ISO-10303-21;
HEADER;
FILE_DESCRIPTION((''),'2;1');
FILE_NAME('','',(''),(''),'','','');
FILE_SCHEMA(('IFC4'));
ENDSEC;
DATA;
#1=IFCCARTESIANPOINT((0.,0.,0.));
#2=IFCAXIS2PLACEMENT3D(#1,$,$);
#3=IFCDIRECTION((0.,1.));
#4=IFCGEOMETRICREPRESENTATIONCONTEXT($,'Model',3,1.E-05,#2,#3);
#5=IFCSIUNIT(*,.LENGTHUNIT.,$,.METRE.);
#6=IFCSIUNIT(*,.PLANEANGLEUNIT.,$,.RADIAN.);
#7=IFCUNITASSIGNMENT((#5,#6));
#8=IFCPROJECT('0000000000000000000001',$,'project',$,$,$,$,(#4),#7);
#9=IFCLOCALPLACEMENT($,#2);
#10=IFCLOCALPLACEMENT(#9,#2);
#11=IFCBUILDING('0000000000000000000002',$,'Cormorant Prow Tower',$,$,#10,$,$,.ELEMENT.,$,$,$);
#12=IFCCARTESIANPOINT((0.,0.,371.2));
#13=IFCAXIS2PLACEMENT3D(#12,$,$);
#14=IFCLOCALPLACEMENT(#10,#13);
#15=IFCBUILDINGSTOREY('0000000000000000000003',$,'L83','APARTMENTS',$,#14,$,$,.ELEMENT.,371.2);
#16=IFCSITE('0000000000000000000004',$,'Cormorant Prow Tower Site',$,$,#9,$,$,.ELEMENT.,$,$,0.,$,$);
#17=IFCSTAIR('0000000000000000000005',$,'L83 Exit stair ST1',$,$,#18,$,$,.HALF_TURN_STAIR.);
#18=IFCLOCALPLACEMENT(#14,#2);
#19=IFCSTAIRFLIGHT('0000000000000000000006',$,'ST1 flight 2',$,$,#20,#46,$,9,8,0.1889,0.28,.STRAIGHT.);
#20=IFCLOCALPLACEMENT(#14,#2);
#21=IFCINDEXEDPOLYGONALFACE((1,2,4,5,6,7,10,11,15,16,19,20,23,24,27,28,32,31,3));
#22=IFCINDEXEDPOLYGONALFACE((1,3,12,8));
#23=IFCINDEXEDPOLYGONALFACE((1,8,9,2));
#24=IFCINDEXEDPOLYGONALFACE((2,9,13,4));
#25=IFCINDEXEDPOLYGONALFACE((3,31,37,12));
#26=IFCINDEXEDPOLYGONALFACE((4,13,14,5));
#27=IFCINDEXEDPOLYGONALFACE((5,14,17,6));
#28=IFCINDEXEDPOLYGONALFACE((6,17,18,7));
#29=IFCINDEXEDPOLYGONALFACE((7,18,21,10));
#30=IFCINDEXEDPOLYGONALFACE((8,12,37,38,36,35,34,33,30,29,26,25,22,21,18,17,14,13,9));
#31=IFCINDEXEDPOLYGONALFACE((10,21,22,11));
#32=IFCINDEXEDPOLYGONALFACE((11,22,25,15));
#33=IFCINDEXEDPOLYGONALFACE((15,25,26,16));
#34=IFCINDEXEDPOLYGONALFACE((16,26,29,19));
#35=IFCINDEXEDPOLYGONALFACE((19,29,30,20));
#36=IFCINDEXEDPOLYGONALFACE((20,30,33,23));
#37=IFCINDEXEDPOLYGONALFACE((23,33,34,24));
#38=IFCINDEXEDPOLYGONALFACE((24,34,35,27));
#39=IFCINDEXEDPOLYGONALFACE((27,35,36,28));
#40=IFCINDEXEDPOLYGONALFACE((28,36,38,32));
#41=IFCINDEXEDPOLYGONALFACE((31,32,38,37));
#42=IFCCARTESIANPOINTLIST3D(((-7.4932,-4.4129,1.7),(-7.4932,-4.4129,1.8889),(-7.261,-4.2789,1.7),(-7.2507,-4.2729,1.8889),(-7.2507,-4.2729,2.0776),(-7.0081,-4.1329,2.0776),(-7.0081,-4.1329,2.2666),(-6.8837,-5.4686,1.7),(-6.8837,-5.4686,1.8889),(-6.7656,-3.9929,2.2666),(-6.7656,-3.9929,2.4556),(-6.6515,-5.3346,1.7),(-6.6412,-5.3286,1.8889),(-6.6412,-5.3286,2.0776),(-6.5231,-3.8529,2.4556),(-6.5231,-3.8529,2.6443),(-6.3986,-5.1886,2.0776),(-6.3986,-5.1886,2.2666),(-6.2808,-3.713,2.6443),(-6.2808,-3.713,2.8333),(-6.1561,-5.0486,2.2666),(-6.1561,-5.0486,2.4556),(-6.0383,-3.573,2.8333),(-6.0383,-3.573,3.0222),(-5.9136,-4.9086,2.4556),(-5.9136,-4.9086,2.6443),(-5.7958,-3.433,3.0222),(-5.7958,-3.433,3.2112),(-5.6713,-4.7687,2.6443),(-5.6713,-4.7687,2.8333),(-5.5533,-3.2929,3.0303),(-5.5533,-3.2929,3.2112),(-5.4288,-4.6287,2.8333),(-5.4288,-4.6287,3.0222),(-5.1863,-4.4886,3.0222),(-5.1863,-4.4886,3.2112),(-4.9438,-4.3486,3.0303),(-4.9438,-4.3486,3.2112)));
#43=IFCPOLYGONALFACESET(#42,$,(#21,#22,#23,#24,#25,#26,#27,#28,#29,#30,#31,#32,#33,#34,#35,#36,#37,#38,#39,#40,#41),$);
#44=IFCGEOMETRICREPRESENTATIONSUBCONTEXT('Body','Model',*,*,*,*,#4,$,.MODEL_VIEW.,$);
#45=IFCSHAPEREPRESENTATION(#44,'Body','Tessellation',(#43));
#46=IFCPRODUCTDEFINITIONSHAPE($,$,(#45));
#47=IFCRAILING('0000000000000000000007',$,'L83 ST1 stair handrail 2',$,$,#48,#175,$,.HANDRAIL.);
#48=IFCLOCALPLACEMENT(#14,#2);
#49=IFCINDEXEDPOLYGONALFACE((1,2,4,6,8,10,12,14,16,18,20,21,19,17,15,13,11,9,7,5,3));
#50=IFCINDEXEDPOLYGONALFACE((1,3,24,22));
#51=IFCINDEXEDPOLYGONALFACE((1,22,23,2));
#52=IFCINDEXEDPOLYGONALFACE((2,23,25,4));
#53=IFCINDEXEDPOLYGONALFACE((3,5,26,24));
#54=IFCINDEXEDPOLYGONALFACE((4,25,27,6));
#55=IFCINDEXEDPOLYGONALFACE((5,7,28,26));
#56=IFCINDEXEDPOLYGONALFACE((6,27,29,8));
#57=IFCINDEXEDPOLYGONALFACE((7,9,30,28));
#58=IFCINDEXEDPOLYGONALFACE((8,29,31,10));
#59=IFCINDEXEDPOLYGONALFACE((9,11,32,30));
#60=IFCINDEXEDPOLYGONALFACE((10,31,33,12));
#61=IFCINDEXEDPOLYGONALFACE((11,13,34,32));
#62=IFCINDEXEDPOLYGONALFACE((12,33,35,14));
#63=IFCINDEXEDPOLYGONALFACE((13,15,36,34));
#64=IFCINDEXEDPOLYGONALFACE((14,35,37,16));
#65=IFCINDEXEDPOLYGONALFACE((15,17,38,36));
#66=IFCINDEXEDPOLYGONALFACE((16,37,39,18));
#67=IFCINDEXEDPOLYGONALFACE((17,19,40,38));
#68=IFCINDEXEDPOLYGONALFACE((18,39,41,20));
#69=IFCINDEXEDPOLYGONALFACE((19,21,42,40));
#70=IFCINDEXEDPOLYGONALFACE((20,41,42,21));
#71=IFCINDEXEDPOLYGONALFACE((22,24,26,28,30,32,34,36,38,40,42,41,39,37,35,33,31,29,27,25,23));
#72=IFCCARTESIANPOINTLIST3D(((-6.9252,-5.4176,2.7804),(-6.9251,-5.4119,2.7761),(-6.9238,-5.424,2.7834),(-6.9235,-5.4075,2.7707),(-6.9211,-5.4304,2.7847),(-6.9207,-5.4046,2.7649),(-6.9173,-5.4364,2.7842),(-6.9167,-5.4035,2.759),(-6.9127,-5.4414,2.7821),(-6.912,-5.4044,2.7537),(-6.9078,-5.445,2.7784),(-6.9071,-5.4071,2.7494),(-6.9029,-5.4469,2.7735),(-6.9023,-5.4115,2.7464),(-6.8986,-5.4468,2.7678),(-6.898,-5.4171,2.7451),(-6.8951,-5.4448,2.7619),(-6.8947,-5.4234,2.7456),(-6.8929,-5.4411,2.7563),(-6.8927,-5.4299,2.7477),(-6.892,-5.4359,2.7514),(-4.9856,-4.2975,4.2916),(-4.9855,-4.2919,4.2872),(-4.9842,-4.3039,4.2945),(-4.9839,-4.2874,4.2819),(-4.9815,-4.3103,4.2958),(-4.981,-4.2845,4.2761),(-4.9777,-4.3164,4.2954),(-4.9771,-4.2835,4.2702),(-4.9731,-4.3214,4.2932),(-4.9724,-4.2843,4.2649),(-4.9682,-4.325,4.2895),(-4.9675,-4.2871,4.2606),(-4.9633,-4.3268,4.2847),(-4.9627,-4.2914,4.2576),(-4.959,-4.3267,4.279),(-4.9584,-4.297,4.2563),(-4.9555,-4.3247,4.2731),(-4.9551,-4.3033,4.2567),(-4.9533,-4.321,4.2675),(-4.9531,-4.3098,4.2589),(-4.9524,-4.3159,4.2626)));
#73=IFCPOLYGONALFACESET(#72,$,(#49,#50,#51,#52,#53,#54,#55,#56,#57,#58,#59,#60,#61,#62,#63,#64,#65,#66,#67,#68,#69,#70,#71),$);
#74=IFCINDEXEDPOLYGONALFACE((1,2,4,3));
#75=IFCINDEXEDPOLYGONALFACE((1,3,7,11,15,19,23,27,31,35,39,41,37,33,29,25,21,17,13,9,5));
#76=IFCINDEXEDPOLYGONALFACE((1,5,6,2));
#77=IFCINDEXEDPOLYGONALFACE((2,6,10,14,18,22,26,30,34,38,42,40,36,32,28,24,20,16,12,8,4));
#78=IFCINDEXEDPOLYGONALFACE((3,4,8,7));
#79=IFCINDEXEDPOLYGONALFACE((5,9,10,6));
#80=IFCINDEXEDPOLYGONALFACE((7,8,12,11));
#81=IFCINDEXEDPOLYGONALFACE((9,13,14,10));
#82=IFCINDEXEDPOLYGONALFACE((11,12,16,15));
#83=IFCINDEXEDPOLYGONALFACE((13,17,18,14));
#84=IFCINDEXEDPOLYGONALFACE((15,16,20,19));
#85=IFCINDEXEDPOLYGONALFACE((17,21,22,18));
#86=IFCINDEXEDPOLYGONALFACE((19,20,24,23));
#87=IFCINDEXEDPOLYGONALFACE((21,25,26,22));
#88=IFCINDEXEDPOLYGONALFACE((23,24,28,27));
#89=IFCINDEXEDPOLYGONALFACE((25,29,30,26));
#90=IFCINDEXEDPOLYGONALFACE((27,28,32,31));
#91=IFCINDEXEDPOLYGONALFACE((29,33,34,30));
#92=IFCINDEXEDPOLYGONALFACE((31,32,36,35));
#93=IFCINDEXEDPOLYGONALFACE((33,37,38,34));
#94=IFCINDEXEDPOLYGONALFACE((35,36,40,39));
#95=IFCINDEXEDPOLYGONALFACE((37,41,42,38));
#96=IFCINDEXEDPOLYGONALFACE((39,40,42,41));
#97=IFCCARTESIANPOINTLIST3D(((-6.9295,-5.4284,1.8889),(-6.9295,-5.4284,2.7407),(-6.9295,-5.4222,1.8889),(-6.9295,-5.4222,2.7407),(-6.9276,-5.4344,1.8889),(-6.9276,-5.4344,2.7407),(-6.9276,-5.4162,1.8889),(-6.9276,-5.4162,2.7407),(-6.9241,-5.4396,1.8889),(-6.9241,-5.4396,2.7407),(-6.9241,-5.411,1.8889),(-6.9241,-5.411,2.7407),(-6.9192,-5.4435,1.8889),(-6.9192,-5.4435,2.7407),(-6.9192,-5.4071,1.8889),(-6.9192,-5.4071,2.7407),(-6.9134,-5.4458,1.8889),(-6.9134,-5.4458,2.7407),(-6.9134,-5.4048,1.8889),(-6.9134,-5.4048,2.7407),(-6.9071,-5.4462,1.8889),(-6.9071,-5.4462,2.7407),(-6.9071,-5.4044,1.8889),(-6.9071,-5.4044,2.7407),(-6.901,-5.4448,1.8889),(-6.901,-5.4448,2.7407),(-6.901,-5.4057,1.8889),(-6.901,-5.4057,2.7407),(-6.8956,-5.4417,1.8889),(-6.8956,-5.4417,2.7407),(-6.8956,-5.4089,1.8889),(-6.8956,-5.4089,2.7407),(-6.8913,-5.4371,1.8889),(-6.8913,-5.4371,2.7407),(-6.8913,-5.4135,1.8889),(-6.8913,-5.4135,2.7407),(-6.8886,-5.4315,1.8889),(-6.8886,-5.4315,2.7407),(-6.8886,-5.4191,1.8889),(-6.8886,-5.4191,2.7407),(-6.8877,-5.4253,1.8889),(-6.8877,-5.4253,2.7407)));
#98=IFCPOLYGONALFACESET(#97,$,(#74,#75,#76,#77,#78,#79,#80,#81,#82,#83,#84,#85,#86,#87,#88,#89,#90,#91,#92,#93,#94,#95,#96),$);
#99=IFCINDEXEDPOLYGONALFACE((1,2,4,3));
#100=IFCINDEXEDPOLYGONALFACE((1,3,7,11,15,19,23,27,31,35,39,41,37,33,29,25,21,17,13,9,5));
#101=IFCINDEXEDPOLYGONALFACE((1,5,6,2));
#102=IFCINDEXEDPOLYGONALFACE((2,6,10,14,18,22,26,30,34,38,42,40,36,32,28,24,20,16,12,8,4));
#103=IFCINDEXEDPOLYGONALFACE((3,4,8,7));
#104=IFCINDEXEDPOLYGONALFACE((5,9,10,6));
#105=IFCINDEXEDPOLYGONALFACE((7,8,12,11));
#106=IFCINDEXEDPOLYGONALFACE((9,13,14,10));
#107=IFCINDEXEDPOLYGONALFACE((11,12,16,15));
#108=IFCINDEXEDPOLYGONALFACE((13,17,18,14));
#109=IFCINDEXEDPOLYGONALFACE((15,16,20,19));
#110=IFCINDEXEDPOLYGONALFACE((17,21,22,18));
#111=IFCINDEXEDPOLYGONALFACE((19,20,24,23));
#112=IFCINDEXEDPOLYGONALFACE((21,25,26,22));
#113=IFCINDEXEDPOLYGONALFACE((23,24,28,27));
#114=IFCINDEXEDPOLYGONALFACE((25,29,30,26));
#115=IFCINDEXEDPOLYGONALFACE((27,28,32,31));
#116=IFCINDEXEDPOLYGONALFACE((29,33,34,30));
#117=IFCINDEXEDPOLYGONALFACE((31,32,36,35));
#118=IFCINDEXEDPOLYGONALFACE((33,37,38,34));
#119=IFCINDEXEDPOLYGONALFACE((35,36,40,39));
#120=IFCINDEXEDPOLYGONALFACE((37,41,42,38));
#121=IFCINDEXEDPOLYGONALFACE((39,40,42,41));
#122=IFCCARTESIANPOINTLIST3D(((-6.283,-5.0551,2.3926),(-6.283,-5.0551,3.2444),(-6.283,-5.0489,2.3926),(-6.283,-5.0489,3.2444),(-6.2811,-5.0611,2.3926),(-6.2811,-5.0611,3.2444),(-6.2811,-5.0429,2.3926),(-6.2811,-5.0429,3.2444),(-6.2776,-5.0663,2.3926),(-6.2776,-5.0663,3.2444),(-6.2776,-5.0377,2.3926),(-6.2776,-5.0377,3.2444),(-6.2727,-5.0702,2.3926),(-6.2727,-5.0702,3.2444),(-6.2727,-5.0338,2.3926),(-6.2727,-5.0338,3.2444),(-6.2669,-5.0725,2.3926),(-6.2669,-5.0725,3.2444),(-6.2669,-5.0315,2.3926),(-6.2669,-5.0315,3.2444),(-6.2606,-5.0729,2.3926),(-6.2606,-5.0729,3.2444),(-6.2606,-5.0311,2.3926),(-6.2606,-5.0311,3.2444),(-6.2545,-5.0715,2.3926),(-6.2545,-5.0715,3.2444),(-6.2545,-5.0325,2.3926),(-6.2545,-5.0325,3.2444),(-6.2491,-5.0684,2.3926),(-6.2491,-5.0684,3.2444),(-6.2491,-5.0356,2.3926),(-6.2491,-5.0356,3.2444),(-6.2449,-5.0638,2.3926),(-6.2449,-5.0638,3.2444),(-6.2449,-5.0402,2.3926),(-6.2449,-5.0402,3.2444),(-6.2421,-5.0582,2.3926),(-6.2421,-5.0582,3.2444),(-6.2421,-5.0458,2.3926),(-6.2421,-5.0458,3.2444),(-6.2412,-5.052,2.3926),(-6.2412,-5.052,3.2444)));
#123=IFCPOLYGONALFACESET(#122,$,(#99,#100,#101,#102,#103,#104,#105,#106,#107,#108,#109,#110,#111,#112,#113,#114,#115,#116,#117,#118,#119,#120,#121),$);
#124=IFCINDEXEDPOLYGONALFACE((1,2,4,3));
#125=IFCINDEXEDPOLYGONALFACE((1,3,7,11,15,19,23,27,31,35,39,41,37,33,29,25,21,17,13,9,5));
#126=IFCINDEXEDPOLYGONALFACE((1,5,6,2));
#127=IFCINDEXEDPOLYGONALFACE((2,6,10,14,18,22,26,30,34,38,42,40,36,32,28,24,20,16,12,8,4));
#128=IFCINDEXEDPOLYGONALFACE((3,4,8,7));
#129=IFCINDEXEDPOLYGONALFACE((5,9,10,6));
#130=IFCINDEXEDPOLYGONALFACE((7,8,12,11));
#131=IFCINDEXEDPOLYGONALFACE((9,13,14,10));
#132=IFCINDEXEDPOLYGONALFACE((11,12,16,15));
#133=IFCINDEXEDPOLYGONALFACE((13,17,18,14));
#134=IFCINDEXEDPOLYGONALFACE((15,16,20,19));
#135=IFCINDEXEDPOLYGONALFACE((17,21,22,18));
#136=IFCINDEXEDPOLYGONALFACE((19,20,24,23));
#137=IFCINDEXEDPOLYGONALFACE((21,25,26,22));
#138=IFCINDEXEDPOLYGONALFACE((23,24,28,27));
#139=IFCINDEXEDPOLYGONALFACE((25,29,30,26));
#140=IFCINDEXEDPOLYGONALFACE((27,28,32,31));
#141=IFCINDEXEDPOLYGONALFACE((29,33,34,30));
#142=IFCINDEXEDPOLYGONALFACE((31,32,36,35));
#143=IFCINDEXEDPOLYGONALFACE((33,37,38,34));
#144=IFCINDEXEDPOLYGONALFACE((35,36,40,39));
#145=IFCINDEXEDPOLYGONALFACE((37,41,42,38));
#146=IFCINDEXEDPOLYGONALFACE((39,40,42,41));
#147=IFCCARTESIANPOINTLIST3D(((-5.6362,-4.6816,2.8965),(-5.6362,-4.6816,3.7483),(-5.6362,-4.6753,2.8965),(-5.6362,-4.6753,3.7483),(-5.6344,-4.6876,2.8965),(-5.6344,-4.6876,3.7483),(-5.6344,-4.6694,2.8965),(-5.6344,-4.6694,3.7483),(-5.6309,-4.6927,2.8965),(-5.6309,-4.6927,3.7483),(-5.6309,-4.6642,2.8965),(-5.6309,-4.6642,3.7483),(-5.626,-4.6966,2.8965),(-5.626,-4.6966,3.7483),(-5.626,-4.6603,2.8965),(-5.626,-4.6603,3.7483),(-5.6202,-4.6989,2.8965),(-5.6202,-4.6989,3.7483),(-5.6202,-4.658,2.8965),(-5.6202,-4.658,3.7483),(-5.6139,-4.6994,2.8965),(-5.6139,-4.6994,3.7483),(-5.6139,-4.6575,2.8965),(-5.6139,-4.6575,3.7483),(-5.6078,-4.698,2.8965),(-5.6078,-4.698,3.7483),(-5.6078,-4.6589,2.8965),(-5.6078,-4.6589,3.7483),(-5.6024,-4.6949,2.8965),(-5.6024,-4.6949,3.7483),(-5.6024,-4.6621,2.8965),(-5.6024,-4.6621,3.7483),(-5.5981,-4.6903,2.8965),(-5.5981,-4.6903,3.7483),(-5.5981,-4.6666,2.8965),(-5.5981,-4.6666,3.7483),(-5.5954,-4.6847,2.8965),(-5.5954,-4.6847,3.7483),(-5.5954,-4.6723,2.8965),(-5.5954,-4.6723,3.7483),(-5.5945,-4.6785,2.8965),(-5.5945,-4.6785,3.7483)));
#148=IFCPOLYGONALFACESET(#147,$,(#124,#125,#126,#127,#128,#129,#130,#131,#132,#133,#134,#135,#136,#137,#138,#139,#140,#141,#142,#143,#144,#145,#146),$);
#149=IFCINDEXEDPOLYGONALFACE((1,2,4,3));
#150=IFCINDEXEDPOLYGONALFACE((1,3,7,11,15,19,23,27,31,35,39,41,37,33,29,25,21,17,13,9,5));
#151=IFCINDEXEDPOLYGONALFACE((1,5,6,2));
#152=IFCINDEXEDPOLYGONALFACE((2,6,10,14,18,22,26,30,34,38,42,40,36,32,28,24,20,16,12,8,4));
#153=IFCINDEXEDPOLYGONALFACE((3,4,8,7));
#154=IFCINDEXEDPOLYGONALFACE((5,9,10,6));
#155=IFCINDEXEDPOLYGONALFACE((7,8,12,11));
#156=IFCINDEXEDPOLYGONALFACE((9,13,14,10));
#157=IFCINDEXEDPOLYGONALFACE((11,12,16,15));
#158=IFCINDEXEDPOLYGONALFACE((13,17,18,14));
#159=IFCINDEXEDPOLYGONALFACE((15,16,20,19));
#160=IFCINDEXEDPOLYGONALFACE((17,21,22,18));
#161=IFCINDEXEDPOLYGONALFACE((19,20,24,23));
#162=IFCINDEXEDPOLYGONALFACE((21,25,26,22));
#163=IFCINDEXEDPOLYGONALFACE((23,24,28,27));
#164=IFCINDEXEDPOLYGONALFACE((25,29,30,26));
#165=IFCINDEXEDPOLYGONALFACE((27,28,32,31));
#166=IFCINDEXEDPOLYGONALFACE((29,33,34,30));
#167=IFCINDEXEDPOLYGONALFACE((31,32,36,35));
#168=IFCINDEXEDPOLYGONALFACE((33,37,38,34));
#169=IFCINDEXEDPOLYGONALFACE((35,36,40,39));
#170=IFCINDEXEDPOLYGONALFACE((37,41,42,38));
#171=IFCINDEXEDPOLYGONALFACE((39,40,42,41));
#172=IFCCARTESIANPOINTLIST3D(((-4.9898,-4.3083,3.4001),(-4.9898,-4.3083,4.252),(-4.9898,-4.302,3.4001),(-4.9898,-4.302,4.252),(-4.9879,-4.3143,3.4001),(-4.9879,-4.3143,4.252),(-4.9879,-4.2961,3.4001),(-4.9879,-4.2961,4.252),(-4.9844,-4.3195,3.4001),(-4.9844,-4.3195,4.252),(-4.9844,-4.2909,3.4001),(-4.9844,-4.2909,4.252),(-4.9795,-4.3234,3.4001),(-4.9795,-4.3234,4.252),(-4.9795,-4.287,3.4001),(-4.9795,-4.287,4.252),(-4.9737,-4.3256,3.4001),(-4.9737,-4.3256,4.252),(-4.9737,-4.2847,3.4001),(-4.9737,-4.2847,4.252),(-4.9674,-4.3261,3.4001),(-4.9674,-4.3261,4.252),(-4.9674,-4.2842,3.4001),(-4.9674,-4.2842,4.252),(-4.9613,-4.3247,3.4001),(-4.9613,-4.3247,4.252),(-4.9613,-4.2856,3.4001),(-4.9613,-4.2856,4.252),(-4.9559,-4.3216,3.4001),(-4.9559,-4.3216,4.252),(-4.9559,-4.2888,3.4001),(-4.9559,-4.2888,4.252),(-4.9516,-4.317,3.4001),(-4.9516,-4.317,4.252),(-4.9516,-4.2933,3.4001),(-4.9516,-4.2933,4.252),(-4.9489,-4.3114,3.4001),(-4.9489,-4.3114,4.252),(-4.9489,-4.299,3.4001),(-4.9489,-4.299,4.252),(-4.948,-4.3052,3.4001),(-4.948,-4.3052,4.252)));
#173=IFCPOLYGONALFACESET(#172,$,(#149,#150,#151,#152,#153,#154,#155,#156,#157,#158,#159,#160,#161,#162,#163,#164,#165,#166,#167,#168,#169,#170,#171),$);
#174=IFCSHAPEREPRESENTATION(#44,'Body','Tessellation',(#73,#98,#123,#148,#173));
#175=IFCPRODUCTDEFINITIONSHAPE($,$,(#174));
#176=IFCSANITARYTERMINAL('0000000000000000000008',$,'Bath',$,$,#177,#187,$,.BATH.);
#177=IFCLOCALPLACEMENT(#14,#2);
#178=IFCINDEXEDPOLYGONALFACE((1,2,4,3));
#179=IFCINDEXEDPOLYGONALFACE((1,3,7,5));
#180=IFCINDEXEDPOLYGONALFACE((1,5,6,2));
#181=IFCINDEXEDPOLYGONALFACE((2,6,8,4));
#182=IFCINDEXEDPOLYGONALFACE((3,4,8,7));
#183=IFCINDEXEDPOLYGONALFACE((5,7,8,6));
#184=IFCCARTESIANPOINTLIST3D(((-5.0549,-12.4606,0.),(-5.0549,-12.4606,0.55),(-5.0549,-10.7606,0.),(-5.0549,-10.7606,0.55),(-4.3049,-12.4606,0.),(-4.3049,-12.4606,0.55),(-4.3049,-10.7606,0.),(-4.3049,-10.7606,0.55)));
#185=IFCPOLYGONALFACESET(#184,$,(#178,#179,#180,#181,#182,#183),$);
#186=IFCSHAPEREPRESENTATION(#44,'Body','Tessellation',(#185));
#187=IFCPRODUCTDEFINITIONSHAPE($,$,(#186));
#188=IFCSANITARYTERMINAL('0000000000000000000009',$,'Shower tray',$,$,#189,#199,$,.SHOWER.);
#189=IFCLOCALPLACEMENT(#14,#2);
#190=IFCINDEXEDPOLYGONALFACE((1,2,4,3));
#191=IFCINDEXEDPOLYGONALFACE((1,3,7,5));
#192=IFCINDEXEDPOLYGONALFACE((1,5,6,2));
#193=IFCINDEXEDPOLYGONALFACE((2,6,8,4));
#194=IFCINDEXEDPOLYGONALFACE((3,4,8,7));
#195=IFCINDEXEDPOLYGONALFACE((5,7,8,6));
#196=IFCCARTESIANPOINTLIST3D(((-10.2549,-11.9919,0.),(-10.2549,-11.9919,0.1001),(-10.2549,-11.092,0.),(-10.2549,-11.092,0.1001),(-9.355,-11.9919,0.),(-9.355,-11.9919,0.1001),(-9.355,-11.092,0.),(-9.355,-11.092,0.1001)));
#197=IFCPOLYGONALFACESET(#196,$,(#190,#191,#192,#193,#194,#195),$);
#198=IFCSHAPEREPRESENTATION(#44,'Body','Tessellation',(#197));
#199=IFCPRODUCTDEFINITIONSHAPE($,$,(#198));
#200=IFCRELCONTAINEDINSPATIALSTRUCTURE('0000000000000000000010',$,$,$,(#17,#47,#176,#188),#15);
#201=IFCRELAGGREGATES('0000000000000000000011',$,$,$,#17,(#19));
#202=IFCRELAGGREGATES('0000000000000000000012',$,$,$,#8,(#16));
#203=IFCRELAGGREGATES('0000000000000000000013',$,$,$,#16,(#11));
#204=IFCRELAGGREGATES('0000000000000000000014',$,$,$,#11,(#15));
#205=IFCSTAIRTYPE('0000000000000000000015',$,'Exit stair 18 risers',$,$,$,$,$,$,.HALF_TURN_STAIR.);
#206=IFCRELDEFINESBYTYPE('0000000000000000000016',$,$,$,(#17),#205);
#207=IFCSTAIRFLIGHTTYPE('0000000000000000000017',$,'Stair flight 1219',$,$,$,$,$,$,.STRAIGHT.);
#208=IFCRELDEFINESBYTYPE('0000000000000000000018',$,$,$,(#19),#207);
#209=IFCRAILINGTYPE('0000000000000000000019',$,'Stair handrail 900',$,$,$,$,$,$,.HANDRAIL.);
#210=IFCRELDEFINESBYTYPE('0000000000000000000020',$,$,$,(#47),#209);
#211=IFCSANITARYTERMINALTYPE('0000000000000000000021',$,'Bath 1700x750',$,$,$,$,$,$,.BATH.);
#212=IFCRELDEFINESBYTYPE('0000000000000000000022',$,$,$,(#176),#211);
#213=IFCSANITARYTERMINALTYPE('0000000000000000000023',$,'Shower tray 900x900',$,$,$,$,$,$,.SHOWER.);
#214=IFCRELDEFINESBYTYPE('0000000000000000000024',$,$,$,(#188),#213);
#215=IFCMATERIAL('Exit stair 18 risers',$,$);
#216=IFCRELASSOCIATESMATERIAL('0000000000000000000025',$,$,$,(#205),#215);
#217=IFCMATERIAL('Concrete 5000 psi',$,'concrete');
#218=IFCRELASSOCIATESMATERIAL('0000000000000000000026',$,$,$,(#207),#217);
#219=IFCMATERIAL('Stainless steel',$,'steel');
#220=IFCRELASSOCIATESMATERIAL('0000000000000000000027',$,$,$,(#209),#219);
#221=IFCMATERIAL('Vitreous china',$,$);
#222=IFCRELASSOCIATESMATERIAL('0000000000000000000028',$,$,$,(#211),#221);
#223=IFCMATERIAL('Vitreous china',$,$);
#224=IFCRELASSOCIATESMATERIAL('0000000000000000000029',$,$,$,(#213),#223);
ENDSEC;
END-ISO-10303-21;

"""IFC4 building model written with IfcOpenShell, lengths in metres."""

from ifc_helpers import new_model, si_unit, direction, frame, origin, origin_2d, place, context, subcontext, project, spatial, polyline, rectangle, circle, outline, extrude, material, type_object, element, aggregate, save


model = new_model("IFC4")

# Units and contexts
model_context = context("Model", 3, precision=1e-05, world=origin(), true_north=direction((0.0, 1.0)))
body_context = subcontext(model_context, "Body", "Model", "MODEL_VIEW")
ifc_project = project(units=[si_unit("LENGTHUNIT", "METRE"), si_unit("PLANEANGLEUNIT", "RADIAN")], contexts=[model_context])

# Site, building, storey
site_placement = place(None, origin())
site = spatial("IfcSite", under=ifc_project, at=site_placement, Name="Cormorant Prow Tower Site", CompositionType="ELEMENT", RefElevation=0.0)
building_placement = place(site_placement, origin())
building = spatial("IfcBuilding", under=site, at=building_placement, Name="Cormorant Prow Tower", CompositionType="ELEMENT")
storey_placement = place(building_placement, frame((0.0, 0.0, 371.2)))
storey = spatial("IfcBuildingStorey", under=building, at=storey_placement, Name="L83", Description="APARTMENTS", CompositionType="ELEMENT", Elevation=371.2)

# Stair, stair flight
ifc_material_1 = material(Name="Exit stair 18 risers")
stair_type = type_object("IfcStairType", Name="Exit stair 18 risers", PredefinedType="HALF_TURN_STAIR", material=ifc_material_1)
stair_placement = place(storey_placement, origin())
stair = element("IfcStair", 1, at=stair_placement, inside=storey, type_object=stair_type, Name="L83 Exit stair ST1", PredefinedType="HALF_TURN_STAIR")
ifc_material_2 = material(Name="Concrete 5000 psi", Category="concrete")
stair_flight_type = type_object("IfcStairFlightType", Name="Stair flight 1219", PredefinedType="STRAIGHT", material=ifc_material_2)
stair_flight_placement = place(storey_placement, frame((-7.1885, -4.9407, 1.7), z_axis=(0.0, 0.0, 1.0), x_axis=(0.866025, 0.5, 0.0)))
stair_flight = element("IfcStairFlight", 2, at=stair_flight_placement, type_object=stair_flight_type, Name="ST1 flight 2", NumberOfRisers=9, NumberOfTreads=8, PredefinedType="STRAIGHT", RiserHeight=0.1889, TreadLength=0.28, context=body_context, shape_type="SweptSolid", body=[
    extrude(outline(polyline([(0.0, 0.0), (0.0, 0.189), (0.28, 0.189), (0.28, 0.3777), (0.5601, 0.3777), (0.5601, 0.5667), (0.8401, 0.5667), (0.8401, 0.7556), (1.1201, 0.7556), (1.1201, 0.9443), (1.3999, 0.9443), (1.3999, 1.1333), (1.6799, 1.1333), (1.6799, 1.3223), (1.96, 1.3223), (1.96, 1.5112), (2.24, 1.5112), (2.24, 1.7), (2.24, 1.3303), (0.2681, 0.0), (0.0, 0.0)])), frame((0.0, 0.6094, 0.0), z_axis=(0.0, -1.0, 0.0), x_axis=(1.0, 0.0, 0.0)), (0.0, 0.0, 1.0), 1.219),
])
aggregate(stair, [stair_flight])

# Railing
ifc_material_3 = material(Name="Stainless steel", Category="steel")
railing_type = type_object("IfcRailingType", Name="Stair handrail 900", PredefinedType="HANDRAIL", material=ifc_material_3)
railing_placement = place(storey_placement, frame((-6.9087, -5.4253, 1.8889)))
element("IfcRailing", 3, at=railing_placement, inside=storey, type_object=railing_type, Name="L83 ST1 stair handrail 2", PredefinedType="HANDRAIL", context=body_context, shape_type="SweptSolid", body=[
    extrude(circle(Radius=0.0239, at=origin_2d()), frame((0.0, 0.0, 0.876), z_axis=(0.71787, 0.414548, 0.559297), x_axis=(-0.500078, 0.86598, 0.0)), (0.0, 0.0, 1.0), 2.7019),
    extrude(circle(Radius=0.021, at=origin_2d()), origin(), (0.0, 0.0, 1.0), 0.8518),
    extrude(circle(Radius=0.021, at=origin_2d()), frame((0.6465, 0.3733, 0.5037)), (0.0, 0.0, 1.0), 0.8518),
    extrude(circle(Radius=0.021, at=origin_2d()), frame((1.2932, 0.7468, 1.0076)), (0.0, 0.0, 1.0), 0.8518),
    extrude(circle(Radius=0.021, at=origin_2d()), frame((1.9397, 1.1201, 1.5112)), (0.0, 0.0, 1.0), 0.8518),
])

# Sanitary terminals
ifc_material_4 = material(Name="Vitreous china")
sanitary_terminal_type_1 = type_object("IfcSanitaryTerminalType", Name="Bath 1700x750", PredefinedType="BATH", material=ifc_material_4)
sanitary_terminal_1_placement = place(storey_placement, frame((-4.6799, -11.6106, 0.0), z_axis=(0.0, 0.0, 1.0), x_axis=(0.0, 1.0, 0.0)))
element("IfcSanitaryTerminal", 4, at=sanitary_terminal_1_placement, inside=storey, type_object=sanitary_terminal_type_1, Name="Bath", PredefinedType="BATH", context=body_context, shape_type="SweptSolid", body=[
    extrude(rectangle(XDim=1.7, YDim=0.75, at=origin_2d()), origin(), (0.0, 0.0, 1.0), 0.55),
])
ifc_material_5 = material(Name="Vitreous china")
sanitary_terminal_type_2 = type_object("IfcSanitaryTerminalType", Name="Shower tray 900x900", PredefinedType="SHOWER", material=ifc_material_5)
sanitary_terminal_2_placement = place(storey_placement, frame((-9.8049, -11.542, 0.0), z_axis=(0.0, 0.0, 1.0), x_axis=(1.0, 0.0, 0.0)))
element("IfcSanitaryTerminal", 5, at=sanitary_terminal_2_placement, inside=storey, type_object=sanitary_terminal_type_2, Name="Shower tray", PredefinedType="SHOWER", context=body_context, shape_type="SweptSolid", body=[
    extrude(rectangle(XDim=0.8999, YDim=0.8999, at=origin_2d()), origin(), (0.0, 0.0, 1.0), 0.1001),
])

save(model, "model.ifc")
